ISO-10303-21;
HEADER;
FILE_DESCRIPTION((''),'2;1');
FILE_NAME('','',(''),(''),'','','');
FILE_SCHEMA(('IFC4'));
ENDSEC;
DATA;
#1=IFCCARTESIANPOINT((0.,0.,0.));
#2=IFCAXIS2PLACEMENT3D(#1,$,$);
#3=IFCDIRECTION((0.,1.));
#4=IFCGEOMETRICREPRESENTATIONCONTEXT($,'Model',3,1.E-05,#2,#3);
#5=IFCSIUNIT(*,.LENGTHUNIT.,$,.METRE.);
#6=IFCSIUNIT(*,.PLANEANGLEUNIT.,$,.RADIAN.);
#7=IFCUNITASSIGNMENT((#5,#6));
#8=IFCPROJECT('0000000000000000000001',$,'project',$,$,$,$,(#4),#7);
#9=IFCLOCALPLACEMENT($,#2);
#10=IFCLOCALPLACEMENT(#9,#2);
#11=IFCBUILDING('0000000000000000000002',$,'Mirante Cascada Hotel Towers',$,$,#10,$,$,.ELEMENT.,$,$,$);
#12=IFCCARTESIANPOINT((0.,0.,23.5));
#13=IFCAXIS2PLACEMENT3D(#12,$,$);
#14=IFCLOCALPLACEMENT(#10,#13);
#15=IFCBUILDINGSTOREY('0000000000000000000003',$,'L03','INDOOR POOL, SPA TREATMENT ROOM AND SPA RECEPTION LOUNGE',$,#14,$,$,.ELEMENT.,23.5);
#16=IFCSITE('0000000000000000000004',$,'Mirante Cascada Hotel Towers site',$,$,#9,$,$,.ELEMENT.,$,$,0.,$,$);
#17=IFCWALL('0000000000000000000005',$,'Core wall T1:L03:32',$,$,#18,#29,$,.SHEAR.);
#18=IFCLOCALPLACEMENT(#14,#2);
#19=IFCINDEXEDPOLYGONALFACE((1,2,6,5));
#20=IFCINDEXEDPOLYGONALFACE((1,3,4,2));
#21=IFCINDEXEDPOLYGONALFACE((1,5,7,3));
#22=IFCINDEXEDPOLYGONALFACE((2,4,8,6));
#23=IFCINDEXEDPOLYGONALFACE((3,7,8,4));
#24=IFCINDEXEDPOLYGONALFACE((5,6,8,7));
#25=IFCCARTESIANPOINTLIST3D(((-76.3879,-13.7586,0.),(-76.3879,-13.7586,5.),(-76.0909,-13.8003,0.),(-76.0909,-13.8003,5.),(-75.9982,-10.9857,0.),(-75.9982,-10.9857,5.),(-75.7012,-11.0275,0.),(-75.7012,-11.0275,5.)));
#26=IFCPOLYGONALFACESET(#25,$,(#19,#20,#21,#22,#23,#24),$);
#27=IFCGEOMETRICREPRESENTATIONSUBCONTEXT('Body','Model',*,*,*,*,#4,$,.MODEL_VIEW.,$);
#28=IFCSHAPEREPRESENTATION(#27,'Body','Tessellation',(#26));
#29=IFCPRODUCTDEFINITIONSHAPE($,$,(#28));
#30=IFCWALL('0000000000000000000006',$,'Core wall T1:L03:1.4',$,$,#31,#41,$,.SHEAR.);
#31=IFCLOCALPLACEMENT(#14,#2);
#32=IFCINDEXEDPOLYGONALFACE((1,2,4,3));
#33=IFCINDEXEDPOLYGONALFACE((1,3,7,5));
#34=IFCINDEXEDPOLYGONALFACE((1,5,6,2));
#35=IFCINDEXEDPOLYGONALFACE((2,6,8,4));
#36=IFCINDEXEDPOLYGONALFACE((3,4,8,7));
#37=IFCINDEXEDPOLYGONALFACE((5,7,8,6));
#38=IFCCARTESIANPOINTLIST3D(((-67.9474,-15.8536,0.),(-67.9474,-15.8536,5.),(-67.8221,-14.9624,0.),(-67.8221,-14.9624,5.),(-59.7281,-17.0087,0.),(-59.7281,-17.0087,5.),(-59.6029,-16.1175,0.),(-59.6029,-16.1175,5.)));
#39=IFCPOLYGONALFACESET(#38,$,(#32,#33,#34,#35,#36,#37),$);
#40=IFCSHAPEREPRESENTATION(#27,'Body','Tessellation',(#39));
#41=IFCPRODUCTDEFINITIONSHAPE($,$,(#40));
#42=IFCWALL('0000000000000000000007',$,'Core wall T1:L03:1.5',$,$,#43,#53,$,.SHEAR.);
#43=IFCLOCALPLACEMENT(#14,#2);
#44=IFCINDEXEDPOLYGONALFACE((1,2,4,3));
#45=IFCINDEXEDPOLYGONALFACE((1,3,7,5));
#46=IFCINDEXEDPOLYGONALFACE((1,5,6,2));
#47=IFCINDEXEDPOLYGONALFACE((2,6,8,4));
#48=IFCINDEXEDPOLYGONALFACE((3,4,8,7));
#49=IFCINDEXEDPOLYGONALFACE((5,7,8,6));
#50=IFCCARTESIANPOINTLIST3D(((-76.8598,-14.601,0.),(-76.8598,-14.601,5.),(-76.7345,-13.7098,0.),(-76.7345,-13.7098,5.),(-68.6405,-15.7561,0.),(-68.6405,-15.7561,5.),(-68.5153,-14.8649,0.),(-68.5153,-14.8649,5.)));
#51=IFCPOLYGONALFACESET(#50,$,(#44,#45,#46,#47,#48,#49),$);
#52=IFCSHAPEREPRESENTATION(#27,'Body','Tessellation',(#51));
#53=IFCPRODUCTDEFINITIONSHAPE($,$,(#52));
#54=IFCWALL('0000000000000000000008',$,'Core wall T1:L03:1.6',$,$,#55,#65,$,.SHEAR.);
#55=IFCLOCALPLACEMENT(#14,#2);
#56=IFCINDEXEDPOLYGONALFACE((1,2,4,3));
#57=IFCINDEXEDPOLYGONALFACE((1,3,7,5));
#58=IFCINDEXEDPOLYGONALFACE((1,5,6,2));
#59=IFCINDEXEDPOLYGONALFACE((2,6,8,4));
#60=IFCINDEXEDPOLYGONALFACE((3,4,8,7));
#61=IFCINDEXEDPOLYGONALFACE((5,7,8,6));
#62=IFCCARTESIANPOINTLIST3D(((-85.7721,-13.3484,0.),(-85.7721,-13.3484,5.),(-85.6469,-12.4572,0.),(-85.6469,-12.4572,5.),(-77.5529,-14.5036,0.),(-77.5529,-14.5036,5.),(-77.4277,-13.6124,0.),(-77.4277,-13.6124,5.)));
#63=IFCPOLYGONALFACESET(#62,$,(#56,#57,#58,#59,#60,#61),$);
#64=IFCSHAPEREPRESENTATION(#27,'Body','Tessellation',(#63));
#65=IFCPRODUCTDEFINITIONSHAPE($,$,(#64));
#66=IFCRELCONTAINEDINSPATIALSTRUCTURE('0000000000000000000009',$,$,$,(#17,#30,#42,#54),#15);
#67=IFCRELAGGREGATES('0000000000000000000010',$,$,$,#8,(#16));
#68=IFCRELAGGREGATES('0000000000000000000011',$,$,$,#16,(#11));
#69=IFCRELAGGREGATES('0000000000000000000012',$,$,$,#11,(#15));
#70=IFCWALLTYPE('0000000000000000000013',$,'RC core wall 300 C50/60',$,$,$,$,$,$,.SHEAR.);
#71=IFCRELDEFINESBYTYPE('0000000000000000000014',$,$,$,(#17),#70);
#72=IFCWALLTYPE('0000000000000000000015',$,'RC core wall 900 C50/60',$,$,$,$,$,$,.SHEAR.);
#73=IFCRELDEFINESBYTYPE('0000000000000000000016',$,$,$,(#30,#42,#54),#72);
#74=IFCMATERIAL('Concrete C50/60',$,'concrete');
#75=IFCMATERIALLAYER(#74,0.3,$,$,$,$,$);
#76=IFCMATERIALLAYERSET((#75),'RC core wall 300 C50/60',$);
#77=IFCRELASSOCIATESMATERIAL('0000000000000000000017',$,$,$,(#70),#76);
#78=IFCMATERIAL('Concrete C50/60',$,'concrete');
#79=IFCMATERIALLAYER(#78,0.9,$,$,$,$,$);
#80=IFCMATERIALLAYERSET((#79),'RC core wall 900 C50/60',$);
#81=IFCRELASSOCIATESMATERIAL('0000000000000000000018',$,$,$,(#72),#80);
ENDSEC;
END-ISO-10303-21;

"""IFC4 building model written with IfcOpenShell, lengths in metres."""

from ifc_helpers import new_model, si_unit, direction, frame, frame_2d, origin, place, context, subcontext, project, spatial, rectangle, extrude, material, layer, layer_set, type_object, element, save


model = new_model("IFC4")

# Units and contexts
model_context = context("Model", 3, precision=1e-05, world=origin(), true_north=direction((0.0, 1.0)))
body_context = subcontext(model_context, "Body", "Model", "MODEL_VIEW")
ifc_project = project(units=[si_unit("LENGTHUNIT", "METRE"), si_unit("PLANEANGLEUNIT", "RADIAN")], contexts=[model_context])

# Site, building, storey
site_placement = place(None, origin())
site = spatial("IfcSite", under=ifc_project, at=site_placement, Name="Mirante Cascada Hotel Towers site", CompositionType="ELEMENT", RefElevation=0.0)
building_placement = place(site_placement, origin())
building = spatial("IfcBuilding", under=site, at=building_placement, Name="Mirante Cascada Hotel Towers", CompositionType="ELEMENT")
storey_placement = place(building_placement, frame((0.0, 0.0, 23.5)))
storey = spatial("IfcBuildingStorey", under=building, at=storey_placement, Name="L03", Description="INDOOR POOL, SPA TREATMENT ROOM AND SPA RECEPTION LOUNGE", CompositionType="ELEMENT", Elevation=23.5)

# Walls
ifc_material_1 = material(Name="Concrete C50/60", Category="concrete")
ifc_layer_1 = layer(ifc_material_1, 0.3)
ifc_layer_set_1 = layer_set([ifc_layer_1], Name="RC core wall 300 C50/60")
wall_type_1 = type_object("IfcWallType", Name="RC core wall 300 C50/60", PredefinedType="SHEAR", material=ifc_layer_set_1)
wall_1_placement = place(storey_placement, frame((-76.2394, -13.7794, 0.0), z_axis=(0.0, 0.0, 1.0), x_axis=(0.139176, 0.990268, 0.0)))
element("IfcWall", 1, at=wall_1_placement, inside=storey, type_object=wall_type_1, Name="Core wall T1:L03:32", PredefinedType="SHEAR", context=body_context, shape_type="SweptSolid", body=[
    extrude(rectangle(XDim=2.8001, YDim=0.3, at=frame_2d((1.4, 0.0))), origin(), (0.0, 0.0, 1.0), 5.0),
])
ifc_material_2 = material(Name="Concrete C50/60", Category="concrete")
ifc_layer_2 = layer(ifc_material_2, 0.9)
ifc_layer_set_2 = layer_set([ifc_layer_2], Name="RC core wall 900 C50/60")
wall_type_2 = type_object("IfcWallType", Name="RC core wall 900 C50/60", PredefinedType="SHEAR", material=ifc_layer_set_2)
for number, where, z_axis, x_axis, name in (
    (2, (-59.6655, -16.5631, 0.0), (0.0, 0.0, 1.0), (-0.990269, 0.139169, 0.0), "Core wall T1:L03:1.4"),
    (3, (-68.5779, -15.3105, 0.0), (0.0, 0.0, 1.0), (-0.990269, 0.139169, 0.0), "Core wall T1:L03:1.5"),
    (4, (-77.4903, -14.058, 0.0), (0.0, 0.0, 1.0), (-0.990267, 0.139181, 0.0), "Core wall T1:L03:1.6"),
):
    element("IfcWall", number, at=place(storey_placement, frame(where, z_axis=z_axis, x_axis=x_axis)), inside=storey, type_object=wall_type_2, Name=name, PredefinedType="SHEAR", context=body_context, shape_type="SweptSolid", body=[
        extrude(rectangle(XDim=8.3, YDim=0.9, at=frame_2d((4.15, 0.0))), origin(), (0.0, 0.0, 1.0), 5.0),
    ])

save(model, "model.ifc")
